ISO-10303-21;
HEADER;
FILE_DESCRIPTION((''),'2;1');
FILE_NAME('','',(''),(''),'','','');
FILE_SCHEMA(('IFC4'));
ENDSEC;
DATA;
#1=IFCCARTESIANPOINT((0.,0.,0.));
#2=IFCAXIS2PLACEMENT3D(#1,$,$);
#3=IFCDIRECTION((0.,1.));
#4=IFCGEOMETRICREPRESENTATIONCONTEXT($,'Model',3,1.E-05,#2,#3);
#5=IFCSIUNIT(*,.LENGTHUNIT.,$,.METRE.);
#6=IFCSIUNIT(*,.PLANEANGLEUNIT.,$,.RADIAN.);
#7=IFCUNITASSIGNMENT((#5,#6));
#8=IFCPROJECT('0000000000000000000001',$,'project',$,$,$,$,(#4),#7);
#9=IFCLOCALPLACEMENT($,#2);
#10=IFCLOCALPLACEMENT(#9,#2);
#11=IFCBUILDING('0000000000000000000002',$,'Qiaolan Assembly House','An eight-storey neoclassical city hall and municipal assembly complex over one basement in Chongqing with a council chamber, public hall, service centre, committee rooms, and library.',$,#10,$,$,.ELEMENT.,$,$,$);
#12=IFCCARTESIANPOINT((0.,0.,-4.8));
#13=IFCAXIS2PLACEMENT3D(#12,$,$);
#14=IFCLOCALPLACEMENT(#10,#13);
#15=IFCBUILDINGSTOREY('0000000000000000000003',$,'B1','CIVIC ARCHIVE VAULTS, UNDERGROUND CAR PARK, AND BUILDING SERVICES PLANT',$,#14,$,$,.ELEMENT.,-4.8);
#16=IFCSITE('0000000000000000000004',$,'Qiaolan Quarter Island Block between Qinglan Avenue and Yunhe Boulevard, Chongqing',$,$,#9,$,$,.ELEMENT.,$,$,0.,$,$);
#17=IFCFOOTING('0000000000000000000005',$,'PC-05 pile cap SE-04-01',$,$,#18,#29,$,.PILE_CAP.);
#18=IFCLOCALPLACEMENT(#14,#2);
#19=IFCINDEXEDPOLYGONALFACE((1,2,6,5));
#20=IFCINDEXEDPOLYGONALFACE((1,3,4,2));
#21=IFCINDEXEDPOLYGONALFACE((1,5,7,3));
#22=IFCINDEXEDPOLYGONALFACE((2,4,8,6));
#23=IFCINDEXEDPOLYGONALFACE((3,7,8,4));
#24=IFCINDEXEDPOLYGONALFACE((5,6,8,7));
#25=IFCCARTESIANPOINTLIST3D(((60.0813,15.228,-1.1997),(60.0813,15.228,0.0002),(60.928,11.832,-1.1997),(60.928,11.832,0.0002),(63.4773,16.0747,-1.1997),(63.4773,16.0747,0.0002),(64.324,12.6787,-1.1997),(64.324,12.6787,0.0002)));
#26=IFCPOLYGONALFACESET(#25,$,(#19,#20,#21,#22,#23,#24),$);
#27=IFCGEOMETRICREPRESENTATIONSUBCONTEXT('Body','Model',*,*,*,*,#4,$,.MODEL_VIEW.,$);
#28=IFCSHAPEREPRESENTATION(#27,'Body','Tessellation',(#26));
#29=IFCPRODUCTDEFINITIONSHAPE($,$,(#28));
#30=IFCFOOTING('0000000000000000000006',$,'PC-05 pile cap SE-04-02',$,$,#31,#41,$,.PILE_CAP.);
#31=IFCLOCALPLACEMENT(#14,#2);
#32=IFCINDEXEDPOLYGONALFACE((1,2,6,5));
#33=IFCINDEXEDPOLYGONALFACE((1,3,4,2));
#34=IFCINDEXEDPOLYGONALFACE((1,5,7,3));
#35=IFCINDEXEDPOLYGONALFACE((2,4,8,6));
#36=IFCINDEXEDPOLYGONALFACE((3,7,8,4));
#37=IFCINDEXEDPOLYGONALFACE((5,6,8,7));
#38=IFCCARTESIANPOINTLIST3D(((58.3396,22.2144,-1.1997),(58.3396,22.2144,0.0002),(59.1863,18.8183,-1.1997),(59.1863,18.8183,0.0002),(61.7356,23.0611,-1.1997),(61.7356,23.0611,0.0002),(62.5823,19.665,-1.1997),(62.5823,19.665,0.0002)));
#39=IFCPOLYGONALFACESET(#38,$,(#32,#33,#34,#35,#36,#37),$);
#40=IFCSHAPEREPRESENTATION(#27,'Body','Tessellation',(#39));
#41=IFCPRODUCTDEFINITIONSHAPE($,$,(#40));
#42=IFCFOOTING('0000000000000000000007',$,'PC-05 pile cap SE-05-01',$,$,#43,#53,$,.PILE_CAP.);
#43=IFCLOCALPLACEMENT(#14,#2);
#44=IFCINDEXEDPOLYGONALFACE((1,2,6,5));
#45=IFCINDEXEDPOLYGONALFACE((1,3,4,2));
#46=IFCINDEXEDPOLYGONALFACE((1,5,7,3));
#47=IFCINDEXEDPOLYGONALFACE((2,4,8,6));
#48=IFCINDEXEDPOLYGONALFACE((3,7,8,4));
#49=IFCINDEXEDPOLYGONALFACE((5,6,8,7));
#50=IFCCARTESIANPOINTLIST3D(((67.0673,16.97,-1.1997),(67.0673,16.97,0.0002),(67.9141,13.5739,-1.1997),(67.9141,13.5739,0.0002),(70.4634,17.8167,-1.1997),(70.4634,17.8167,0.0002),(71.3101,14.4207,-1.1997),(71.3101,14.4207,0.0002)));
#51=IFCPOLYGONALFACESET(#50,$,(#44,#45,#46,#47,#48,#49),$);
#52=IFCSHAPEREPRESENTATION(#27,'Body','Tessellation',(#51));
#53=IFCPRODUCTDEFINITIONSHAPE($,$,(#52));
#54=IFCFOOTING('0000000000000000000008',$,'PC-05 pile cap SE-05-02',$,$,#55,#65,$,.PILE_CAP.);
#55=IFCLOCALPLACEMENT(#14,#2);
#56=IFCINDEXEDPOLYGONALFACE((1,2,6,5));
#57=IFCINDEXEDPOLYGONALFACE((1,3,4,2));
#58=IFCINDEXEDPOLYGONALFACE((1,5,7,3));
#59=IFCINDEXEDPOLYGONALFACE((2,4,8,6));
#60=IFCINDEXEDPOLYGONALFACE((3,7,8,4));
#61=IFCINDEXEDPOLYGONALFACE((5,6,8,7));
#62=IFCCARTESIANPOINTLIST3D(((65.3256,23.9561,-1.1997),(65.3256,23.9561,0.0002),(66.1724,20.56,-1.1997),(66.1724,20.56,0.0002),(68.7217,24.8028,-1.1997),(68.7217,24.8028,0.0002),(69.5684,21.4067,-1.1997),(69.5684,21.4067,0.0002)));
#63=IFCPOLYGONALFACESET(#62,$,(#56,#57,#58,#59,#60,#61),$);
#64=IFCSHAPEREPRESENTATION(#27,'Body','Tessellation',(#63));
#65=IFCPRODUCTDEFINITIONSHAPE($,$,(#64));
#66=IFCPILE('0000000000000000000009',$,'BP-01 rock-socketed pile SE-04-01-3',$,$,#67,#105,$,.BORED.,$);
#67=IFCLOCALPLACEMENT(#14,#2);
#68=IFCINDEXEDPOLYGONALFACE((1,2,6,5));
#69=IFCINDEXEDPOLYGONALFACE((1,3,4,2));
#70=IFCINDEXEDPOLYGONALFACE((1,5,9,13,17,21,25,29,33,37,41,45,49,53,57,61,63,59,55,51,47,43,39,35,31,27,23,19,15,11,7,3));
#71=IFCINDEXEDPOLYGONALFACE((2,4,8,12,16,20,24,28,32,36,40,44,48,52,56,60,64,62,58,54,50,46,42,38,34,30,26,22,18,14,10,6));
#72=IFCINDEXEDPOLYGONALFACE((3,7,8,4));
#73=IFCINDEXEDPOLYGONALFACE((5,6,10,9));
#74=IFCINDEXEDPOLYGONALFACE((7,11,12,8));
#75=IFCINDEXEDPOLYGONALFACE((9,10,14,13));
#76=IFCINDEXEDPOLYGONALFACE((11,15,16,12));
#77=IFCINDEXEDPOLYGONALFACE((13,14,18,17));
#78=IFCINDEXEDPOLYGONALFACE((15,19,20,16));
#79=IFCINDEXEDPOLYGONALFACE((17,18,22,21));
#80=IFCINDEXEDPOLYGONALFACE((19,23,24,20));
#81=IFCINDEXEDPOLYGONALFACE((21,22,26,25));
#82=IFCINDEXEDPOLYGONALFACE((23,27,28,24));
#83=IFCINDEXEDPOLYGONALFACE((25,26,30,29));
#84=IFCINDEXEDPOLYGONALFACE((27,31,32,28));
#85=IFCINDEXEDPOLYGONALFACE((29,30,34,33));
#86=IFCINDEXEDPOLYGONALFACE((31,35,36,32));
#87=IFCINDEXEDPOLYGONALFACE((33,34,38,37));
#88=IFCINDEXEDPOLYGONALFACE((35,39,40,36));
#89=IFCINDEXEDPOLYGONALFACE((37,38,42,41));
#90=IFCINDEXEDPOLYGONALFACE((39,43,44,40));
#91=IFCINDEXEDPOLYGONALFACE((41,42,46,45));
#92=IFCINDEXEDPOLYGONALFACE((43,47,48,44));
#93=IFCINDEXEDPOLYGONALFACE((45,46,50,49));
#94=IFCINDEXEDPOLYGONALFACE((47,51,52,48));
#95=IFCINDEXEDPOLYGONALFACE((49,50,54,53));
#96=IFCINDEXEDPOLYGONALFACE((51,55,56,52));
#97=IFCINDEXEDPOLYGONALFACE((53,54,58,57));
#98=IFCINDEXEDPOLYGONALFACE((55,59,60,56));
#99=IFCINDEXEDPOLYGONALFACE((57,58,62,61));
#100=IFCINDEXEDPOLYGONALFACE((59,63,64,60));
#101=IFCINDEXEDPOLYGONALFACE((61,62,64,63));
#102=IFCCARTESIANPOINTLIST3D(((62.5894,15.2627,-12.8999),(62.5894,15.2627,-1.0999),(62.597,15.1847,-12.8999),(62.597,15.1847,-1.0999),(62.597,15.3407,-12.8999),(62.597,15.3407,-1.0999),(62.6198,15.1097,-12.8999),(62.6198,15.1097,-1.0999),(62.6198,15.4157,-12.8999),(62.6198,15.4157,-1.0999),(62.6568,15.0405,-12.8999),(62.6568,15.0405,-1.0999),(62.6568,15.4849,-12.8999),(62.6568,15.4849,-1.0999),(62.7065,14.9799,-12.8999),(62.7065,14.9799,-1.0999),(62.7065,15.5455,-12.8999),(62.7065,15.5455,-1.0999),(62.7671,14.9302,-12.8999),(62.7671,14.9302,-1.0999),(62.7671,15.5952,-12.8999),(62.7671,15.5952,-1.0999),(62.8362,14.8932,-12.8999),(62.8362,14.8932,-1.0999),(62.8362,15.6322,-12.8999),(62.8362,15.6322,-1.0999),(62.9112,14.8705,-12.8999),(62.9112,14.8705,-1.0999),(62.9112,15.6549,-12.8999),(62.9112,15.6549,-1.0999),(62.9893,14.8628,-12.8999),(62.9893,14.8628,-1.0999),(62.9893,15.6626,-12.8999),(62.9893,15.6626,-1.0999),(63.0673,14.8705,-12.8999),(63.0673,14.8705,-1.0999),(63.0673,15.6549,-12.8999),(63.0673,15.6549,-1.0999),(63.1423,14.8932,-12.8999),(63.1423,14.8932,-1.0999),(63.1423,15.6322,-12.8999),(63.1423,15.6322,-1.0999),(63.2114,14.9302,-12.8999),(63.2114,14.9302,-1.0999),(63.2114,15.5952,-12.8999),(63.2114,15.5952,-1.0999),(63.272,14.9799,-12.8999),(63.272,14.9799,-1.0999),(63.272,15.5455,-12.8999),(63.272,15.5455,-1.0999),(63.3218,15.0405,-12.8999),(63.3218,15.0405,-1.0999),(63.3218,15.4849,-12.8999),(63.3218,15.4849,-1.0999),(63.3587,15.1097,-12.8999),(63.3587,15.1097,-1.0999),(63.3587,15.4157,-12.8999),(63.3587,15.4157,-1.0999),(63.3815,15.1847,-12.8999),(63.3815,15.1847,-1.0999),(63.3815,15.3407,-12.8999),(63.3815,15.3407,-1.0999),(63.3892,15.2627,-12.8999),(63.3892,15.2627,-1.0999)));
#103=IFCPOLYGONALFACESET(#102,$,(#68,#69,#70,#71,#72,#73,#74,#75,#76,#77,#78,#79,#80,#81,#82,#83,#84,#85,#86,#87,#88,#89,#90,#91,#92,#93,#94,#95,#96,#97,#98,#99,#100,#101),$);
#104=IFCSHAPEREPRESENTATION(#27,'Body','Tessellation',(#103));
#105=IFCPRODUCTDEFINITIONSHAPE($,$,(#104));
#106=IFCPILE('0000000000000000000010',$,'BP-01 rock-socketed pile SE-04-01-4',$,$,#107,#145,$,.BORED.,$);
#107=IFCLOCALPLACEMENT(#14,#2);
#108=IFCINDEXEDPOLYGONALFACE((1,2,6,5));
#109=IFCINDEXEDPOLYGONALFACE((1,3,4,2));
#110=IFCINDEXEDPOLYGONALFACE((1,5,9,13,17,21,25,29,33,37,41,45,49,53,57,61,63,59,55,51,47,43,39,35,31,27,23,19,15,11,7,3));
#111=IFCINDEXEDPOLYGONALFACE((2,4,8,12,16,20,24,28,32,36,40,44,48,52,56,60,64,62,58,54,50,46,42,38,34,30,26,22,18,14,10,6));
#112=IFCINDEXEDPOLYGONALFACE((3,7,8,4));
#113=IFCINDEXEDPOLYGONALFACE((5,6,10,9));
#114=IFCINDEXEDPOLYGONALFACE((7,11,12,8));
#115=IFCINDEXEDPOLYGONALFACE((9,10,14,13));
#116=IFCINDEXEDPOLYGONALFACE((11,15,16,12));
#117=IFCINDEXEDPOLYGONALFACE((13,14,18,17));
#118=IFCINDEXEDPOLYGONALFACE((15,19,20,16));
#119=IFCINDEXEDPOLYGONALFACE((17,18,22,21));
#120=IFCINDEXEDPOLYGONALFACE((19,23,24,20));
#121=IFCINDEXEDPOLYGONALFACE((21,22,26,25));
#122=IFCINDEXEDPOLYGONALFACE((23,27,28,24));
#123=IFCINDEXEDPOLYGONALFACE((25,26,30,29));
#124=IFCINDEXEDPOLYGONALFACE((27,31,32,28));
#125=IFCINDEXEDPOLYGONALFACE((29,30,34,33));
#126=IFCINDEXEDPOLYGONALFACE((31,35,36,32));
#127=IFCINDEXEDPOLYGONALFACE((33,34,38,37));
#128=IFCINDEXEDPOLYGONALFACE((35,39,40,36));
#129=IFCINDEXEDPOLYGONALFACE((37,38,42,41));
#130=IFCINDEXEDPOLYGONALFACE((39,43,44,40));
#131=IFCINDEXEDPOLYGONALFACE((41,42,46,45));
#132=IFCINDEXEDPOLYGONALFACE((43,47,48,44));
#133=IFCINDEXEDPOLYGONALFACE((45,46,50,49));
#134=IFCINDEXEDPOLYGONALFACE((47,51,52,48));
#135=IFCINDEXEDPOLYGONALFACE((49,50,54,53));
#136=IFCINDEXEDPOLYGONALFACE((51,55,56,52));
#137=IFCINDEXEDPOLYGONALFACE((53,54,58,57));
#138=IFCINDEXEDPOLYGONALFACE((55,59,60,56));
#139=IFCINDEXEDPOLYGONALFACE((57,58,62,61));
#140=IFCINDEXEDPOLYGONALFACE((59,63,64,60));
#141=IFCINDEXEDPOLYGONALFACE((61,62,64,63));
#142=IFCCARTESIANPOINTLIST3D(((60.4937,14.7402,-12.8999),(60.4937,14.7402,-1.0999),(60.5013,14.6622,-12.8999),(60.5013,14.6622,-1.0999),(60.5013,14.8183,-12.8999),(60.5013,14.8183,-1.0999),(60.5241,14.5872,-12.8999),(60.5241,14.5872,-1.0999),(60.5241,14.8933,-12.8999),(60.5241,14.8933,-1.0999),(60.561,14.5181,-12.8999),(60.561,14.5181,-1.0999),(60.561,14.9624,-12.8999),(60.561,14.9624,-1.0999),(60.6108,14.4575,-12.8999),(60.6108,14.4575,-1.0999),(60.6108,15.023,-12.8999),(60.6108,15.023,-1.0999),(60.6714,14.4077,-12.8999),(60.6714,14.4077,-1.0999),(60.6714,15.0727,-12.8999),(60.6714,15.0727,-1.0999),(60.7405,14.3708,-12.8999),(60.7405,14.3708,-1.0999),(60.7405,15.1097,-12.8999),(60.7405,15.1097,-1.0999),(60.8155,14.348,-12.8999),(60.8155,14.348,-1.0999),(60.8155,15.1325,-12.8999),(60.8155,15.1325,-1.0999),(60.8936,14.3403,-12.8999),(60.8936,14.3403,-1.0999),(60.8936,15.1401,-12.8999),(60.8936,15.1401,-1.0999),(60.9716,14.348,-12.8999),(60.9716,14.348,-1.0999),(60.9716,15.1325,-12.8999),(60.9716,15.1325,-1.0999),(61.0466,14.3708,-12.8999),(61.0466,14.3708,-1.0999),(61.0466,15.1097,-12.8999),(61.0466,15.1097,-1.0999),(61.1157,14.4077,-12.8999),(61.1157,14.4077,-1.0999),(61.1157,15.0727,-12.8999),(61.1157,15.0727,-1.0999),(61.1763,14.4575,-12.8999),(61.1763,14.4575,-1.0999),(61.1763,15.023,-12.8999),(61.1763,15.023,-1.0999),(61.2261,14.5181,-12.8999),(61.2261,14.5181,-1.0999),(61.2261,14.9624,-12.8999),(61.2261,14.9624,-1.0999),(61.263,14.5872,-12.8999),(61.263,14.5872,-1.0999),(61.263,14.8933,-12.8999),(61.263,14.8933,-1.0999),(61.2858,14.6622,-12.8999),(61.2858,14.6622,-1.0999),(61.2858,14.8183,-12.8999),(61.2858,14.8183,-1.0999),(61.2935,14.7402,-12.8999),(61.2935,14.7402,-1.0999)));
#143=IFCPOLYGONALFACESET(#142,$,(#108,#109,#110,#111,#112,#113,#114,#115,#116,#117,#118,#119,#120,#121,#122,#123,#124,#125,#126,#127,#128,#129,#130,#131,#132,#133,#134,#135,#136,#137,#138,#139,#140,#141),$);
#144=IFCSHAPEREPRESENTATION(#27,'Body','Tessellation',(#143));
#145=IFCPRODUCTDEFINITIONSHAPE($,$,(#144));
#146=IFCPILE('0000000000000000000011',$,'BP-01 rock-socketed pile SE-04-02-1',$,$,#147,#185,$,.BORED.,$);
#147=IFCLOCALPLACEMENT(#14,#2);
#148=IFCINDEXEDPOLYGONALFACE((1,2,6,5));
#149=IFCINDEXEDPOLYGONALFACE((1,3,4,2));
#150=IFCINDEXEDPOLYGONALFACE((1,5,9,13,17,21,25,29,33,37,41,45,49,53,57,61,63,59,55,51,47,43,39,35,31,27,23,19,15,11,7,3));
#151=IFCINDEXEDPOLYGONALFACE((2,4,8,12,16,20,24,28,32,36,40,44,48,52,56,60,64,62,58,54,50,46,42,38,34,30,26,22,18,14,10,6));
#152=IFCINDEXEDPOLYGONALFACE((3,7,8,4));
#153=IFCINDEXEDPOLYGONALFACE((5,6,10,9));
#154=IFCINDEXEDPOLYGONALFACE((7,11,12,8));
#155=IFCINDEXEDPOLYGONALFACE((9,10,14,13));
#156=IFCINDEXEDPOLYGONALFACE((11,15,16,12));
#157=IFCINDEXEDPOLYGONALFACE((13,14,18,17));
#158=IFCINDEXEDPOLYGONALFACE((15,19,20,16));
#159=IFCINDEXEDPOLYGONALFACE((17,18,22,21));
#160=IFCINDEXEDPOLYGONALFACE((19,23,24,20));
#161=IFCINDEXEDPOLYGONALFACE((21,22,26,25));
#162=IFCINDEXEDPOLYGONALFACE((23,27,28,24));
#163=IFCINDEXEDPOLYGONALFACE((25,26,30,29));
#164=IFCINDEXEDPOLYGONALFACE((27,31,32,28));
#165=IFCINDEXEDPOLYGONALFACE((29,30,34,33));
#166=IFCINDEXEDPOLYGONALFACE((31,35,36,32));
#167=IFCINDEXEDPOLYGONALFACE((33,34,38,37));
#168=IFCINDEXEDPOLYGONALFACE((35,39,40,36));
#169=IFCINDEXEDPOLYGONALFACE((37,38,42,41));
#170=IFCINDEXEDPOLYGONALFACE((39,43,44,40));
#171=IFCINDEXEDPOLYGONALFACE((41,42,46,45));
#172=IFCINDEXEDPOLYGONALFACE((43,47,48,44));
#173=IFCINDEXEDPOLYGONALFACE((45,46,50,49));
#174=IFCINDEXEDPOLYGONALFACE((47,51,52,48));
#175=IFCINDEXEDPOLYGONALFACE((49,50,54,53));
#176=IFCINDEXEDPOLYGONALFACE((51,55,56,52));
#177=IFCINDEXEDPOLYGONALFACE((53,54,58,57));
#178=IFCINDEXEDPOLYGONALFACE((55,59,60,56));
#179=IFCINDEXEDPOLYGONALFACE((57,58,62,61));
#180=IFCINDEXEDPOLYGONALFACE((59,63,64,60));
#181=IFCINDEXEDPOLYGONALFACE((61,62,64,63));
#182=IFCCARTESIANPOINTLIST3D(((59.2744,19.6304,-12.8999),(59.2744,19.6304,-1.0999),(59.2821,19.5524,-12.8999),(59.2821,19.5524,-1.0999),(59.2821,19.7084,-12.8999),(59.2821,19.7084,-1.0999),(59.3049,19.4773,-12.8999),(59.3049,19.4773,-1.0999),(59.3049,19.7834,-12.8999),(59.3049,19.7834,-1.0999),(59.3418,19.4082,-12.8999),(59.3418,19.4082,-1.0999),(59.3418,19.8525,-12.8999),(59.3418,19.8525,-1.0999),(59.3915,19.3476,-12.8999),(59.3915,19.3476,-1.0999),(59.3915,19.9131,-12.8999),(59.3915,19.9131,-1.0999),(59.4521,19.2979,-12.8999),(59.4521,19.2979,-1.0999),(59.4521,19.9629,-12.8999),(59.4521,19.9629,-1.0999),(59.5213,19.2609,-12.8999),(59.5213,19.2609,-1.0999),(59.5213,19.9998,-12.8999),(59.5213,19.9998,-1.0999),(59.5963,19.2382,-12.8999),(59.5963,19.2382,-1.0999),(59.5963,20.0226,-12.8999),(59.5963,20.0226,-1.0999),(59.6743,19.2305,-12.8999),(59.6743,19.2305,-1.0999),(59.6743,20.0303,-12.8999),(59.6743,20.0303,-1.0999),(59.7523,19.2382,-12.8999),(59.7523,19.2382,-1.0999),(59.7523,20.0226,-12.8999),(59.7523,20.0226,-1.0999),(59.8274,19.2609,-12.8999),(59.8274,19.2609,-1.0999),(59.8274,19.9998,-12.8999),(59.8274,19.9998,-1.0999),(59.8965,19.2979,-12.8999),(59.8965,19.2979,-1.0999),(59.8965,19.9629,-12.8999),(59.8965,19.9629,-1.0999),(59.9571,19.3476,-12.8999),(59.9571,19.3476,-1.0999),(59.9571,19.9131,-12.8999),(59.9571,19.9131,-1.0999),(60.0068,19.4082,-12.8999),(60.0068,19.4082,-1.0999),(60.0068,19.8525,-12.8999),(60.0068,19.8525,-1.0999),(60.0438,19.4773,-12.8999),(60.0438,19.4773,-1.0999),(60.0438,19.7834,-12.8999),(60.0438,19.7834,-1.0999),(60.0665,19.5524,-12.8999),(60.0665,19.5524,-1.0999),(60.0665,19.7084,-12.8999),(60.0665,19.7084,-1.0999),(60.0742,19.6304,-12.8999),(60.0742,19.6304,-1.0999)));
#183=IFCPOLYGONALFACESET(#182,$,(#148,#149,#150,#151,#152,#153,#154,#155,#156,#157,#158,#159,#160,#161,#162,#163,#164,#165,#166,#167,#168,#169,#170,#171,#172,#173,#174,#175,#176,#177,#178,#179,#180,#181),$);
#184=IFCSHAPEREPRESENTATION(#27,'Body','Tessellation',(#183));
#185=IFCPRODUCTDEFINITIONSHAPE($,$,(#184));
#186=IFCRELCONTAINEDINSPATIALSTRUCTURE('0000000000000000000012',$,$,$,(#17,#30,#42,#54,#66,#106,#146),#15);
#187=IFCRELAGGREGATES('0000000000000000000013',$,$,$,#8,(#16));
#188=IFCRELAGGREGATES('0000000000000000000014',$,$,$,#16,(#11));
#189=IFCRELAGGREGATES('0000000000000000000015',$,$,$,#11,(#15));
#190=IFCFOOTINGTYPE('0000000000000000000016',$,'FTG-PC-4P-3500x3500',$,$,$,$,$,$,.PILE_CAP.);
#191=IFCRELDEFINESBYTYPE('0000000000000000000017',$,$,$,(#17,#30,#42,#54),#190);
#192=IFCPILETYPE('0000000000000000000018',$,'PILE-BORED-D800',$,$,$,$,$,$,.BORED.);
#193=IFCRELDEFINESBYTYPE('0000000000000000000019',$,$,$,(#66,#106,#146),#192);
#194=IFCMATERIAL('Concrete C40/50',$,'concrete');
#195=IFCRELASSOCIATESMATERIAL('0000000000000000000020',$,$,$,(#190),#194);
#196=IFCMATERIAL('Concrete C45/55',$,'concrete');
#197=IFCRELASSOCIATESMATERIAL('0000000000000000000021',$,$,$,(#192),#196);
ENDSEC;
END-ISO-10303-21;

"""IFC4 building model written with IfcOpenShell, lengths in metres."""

from ifc_helpers import new_model, si_unit, direction, frame, origin, origin_2d, place, context, subcontext, project, spatial, rectangle, circle, extrude, material, material_profile, profile_set, type_object, element, save


model = new_model("IFC4")

# Units and contexts
model_context = context("Model", 3, precision=1e-05, world=origin(), true_north=direction((0.0, 1.0)))
body_context = subcontext(model_context, "Body", "Model", "MODEL_VIEW")
ifc_project = project(units=[si_unit("LENGTHUNIT", "METRE"), si_unit("PLANEANGLEUNIT", "RADIAN")], contexts=[model_context])

# Site, building, storey
site_placement = place(None, origin())
site = spatial("IfcSite", under=ifc_project, at=site_placement, Name="Qiaolan Quarter Island Block between Qinglan Avenue and Yunhe Boulevard, Chongqing", CompositionType="ELEMENT", RefElevation=0.0)
building_placement = place(site_placement, origin())
building = spatial("IfcBuilding", under=site, at=building_placement, Name="Qiaolan Assembly House", Description="An eight-storey neoclassical city hall and municipal assembly complex over one basement in Chongqing with a council chamber, public hall, service centre, committee rooms, and library.", CompositionType="ELEMENT")
storey_placement = place(building_placement, frame((0.0, 0.0, -4.8)))
storey = spatial("IfcBuildingStorey", under=building, at=storey_placement, Name="B1", Description="CIVIC ARCHIVE VAULTS, UNDERGROUND CAR PARK, AND BUILDING SERVICES PLANT", CompositionType="ELEMENT", Elevation=-4.8)

# Footings
ifc_material_1 = material(Name="Concrete C40/50", Category="concrete")
footing_type = type_object("IfcFootingType", Name="FTG-PC-4P-3500x3500", PredefinedType="PILE_CAP", material=ifc_material_1)
for number, where, z_axis, x_axis, name in (
    (1, (62.2026, 13.9534, -1.1997), (0.0, 0.0, 1.0), (0.970296, 0.241922, 0.0), "PC-05 pile cap SE-04-01"),
    (2, (60.4609, 20.9397, -1.1997), (0.0, 0.0, 1.0), (0.970296, 0.241922, 0.0), "PC-05 pile cap SE-04-02"),
    (3, (69.1887, 15.6953, -1.1997), (0.0, 0.0, 1.0), (0.970296, 0.241922, 0.0), "PC-05 pile cap SE-05-01"),
    (4, (67.447, 22.6814, -1.1997), (0.0, 0.0, 1.0), (0.970296, 0.241922, 0.0), "PC-05 pile cap SE-05-02"),
):
    element("IfcFooting", number, at=place(storey_placement, frame(where, z_axis=z_axis, x_axis=x_axis)), inside=storey, type_object=footing_type, Name=name, PredefinedType="PILE_CAP", context=body_context, shape_type="SweptSolid", body=[
        extrude(rectangle(XDim=3.5, YDim=3.5, at=origin_2d()), origin(), (0.0, 0.0, 1.0), 1.2),
    ])

# Piles
ifc_material_2 = material(Name="Concrete C45/55", Category="concrete")
ifc_material_profile_1 = material_profile(ifc_material_2, circle(Radius=0.3999, at=origin_2d()), Name="PILE D800")
ifc_profile_set_1 = profile_set([ifc_material_profile_1], Name="Concrete C45/55")
pile_type = type_object("IfcPileType", Name="PILE-BORED-D800", PredefinedType="BORED", material=ifc_profile_set_1)
for number, where, z_axis, x_axis, name in (
    (5, (62.9893, 15.2627, -1.0999), (0.0, 0.0, -1.0), (1.0, 0.0, 0.0), "BP-01 rock-socketed pile SE-04-01-3"),
    (6, (60.8936, 14.7402, -1.0999), (0.0, 0.0, -1.0), (1.0, 0.0, 0.0), "BP-01 rock-socketed pile SE-04-01-4"),
    (7, (59.6743, 19.6304, -1.0999), (0.0, 0.0, -1.0), (1.0, 0.0, 0.0), "BP-01 rock-socketed pile SE-04-02-1"),
):
    element("IfcPile", number, at=place(storey_placement, frame(where, z_axis=z_axis, x_axis=x_axis)), inside=storey, type_object=pile_type, Name=name, PredefinedType="BORED", context=body_context, shape_type="SweptSolid", body=[
        extrude(circle(Radius=0.3999, at=origin_2d()), origin(), (0.0, 0.0, 1.0), 11.8),
    ])

save(model, "model.ifc")
